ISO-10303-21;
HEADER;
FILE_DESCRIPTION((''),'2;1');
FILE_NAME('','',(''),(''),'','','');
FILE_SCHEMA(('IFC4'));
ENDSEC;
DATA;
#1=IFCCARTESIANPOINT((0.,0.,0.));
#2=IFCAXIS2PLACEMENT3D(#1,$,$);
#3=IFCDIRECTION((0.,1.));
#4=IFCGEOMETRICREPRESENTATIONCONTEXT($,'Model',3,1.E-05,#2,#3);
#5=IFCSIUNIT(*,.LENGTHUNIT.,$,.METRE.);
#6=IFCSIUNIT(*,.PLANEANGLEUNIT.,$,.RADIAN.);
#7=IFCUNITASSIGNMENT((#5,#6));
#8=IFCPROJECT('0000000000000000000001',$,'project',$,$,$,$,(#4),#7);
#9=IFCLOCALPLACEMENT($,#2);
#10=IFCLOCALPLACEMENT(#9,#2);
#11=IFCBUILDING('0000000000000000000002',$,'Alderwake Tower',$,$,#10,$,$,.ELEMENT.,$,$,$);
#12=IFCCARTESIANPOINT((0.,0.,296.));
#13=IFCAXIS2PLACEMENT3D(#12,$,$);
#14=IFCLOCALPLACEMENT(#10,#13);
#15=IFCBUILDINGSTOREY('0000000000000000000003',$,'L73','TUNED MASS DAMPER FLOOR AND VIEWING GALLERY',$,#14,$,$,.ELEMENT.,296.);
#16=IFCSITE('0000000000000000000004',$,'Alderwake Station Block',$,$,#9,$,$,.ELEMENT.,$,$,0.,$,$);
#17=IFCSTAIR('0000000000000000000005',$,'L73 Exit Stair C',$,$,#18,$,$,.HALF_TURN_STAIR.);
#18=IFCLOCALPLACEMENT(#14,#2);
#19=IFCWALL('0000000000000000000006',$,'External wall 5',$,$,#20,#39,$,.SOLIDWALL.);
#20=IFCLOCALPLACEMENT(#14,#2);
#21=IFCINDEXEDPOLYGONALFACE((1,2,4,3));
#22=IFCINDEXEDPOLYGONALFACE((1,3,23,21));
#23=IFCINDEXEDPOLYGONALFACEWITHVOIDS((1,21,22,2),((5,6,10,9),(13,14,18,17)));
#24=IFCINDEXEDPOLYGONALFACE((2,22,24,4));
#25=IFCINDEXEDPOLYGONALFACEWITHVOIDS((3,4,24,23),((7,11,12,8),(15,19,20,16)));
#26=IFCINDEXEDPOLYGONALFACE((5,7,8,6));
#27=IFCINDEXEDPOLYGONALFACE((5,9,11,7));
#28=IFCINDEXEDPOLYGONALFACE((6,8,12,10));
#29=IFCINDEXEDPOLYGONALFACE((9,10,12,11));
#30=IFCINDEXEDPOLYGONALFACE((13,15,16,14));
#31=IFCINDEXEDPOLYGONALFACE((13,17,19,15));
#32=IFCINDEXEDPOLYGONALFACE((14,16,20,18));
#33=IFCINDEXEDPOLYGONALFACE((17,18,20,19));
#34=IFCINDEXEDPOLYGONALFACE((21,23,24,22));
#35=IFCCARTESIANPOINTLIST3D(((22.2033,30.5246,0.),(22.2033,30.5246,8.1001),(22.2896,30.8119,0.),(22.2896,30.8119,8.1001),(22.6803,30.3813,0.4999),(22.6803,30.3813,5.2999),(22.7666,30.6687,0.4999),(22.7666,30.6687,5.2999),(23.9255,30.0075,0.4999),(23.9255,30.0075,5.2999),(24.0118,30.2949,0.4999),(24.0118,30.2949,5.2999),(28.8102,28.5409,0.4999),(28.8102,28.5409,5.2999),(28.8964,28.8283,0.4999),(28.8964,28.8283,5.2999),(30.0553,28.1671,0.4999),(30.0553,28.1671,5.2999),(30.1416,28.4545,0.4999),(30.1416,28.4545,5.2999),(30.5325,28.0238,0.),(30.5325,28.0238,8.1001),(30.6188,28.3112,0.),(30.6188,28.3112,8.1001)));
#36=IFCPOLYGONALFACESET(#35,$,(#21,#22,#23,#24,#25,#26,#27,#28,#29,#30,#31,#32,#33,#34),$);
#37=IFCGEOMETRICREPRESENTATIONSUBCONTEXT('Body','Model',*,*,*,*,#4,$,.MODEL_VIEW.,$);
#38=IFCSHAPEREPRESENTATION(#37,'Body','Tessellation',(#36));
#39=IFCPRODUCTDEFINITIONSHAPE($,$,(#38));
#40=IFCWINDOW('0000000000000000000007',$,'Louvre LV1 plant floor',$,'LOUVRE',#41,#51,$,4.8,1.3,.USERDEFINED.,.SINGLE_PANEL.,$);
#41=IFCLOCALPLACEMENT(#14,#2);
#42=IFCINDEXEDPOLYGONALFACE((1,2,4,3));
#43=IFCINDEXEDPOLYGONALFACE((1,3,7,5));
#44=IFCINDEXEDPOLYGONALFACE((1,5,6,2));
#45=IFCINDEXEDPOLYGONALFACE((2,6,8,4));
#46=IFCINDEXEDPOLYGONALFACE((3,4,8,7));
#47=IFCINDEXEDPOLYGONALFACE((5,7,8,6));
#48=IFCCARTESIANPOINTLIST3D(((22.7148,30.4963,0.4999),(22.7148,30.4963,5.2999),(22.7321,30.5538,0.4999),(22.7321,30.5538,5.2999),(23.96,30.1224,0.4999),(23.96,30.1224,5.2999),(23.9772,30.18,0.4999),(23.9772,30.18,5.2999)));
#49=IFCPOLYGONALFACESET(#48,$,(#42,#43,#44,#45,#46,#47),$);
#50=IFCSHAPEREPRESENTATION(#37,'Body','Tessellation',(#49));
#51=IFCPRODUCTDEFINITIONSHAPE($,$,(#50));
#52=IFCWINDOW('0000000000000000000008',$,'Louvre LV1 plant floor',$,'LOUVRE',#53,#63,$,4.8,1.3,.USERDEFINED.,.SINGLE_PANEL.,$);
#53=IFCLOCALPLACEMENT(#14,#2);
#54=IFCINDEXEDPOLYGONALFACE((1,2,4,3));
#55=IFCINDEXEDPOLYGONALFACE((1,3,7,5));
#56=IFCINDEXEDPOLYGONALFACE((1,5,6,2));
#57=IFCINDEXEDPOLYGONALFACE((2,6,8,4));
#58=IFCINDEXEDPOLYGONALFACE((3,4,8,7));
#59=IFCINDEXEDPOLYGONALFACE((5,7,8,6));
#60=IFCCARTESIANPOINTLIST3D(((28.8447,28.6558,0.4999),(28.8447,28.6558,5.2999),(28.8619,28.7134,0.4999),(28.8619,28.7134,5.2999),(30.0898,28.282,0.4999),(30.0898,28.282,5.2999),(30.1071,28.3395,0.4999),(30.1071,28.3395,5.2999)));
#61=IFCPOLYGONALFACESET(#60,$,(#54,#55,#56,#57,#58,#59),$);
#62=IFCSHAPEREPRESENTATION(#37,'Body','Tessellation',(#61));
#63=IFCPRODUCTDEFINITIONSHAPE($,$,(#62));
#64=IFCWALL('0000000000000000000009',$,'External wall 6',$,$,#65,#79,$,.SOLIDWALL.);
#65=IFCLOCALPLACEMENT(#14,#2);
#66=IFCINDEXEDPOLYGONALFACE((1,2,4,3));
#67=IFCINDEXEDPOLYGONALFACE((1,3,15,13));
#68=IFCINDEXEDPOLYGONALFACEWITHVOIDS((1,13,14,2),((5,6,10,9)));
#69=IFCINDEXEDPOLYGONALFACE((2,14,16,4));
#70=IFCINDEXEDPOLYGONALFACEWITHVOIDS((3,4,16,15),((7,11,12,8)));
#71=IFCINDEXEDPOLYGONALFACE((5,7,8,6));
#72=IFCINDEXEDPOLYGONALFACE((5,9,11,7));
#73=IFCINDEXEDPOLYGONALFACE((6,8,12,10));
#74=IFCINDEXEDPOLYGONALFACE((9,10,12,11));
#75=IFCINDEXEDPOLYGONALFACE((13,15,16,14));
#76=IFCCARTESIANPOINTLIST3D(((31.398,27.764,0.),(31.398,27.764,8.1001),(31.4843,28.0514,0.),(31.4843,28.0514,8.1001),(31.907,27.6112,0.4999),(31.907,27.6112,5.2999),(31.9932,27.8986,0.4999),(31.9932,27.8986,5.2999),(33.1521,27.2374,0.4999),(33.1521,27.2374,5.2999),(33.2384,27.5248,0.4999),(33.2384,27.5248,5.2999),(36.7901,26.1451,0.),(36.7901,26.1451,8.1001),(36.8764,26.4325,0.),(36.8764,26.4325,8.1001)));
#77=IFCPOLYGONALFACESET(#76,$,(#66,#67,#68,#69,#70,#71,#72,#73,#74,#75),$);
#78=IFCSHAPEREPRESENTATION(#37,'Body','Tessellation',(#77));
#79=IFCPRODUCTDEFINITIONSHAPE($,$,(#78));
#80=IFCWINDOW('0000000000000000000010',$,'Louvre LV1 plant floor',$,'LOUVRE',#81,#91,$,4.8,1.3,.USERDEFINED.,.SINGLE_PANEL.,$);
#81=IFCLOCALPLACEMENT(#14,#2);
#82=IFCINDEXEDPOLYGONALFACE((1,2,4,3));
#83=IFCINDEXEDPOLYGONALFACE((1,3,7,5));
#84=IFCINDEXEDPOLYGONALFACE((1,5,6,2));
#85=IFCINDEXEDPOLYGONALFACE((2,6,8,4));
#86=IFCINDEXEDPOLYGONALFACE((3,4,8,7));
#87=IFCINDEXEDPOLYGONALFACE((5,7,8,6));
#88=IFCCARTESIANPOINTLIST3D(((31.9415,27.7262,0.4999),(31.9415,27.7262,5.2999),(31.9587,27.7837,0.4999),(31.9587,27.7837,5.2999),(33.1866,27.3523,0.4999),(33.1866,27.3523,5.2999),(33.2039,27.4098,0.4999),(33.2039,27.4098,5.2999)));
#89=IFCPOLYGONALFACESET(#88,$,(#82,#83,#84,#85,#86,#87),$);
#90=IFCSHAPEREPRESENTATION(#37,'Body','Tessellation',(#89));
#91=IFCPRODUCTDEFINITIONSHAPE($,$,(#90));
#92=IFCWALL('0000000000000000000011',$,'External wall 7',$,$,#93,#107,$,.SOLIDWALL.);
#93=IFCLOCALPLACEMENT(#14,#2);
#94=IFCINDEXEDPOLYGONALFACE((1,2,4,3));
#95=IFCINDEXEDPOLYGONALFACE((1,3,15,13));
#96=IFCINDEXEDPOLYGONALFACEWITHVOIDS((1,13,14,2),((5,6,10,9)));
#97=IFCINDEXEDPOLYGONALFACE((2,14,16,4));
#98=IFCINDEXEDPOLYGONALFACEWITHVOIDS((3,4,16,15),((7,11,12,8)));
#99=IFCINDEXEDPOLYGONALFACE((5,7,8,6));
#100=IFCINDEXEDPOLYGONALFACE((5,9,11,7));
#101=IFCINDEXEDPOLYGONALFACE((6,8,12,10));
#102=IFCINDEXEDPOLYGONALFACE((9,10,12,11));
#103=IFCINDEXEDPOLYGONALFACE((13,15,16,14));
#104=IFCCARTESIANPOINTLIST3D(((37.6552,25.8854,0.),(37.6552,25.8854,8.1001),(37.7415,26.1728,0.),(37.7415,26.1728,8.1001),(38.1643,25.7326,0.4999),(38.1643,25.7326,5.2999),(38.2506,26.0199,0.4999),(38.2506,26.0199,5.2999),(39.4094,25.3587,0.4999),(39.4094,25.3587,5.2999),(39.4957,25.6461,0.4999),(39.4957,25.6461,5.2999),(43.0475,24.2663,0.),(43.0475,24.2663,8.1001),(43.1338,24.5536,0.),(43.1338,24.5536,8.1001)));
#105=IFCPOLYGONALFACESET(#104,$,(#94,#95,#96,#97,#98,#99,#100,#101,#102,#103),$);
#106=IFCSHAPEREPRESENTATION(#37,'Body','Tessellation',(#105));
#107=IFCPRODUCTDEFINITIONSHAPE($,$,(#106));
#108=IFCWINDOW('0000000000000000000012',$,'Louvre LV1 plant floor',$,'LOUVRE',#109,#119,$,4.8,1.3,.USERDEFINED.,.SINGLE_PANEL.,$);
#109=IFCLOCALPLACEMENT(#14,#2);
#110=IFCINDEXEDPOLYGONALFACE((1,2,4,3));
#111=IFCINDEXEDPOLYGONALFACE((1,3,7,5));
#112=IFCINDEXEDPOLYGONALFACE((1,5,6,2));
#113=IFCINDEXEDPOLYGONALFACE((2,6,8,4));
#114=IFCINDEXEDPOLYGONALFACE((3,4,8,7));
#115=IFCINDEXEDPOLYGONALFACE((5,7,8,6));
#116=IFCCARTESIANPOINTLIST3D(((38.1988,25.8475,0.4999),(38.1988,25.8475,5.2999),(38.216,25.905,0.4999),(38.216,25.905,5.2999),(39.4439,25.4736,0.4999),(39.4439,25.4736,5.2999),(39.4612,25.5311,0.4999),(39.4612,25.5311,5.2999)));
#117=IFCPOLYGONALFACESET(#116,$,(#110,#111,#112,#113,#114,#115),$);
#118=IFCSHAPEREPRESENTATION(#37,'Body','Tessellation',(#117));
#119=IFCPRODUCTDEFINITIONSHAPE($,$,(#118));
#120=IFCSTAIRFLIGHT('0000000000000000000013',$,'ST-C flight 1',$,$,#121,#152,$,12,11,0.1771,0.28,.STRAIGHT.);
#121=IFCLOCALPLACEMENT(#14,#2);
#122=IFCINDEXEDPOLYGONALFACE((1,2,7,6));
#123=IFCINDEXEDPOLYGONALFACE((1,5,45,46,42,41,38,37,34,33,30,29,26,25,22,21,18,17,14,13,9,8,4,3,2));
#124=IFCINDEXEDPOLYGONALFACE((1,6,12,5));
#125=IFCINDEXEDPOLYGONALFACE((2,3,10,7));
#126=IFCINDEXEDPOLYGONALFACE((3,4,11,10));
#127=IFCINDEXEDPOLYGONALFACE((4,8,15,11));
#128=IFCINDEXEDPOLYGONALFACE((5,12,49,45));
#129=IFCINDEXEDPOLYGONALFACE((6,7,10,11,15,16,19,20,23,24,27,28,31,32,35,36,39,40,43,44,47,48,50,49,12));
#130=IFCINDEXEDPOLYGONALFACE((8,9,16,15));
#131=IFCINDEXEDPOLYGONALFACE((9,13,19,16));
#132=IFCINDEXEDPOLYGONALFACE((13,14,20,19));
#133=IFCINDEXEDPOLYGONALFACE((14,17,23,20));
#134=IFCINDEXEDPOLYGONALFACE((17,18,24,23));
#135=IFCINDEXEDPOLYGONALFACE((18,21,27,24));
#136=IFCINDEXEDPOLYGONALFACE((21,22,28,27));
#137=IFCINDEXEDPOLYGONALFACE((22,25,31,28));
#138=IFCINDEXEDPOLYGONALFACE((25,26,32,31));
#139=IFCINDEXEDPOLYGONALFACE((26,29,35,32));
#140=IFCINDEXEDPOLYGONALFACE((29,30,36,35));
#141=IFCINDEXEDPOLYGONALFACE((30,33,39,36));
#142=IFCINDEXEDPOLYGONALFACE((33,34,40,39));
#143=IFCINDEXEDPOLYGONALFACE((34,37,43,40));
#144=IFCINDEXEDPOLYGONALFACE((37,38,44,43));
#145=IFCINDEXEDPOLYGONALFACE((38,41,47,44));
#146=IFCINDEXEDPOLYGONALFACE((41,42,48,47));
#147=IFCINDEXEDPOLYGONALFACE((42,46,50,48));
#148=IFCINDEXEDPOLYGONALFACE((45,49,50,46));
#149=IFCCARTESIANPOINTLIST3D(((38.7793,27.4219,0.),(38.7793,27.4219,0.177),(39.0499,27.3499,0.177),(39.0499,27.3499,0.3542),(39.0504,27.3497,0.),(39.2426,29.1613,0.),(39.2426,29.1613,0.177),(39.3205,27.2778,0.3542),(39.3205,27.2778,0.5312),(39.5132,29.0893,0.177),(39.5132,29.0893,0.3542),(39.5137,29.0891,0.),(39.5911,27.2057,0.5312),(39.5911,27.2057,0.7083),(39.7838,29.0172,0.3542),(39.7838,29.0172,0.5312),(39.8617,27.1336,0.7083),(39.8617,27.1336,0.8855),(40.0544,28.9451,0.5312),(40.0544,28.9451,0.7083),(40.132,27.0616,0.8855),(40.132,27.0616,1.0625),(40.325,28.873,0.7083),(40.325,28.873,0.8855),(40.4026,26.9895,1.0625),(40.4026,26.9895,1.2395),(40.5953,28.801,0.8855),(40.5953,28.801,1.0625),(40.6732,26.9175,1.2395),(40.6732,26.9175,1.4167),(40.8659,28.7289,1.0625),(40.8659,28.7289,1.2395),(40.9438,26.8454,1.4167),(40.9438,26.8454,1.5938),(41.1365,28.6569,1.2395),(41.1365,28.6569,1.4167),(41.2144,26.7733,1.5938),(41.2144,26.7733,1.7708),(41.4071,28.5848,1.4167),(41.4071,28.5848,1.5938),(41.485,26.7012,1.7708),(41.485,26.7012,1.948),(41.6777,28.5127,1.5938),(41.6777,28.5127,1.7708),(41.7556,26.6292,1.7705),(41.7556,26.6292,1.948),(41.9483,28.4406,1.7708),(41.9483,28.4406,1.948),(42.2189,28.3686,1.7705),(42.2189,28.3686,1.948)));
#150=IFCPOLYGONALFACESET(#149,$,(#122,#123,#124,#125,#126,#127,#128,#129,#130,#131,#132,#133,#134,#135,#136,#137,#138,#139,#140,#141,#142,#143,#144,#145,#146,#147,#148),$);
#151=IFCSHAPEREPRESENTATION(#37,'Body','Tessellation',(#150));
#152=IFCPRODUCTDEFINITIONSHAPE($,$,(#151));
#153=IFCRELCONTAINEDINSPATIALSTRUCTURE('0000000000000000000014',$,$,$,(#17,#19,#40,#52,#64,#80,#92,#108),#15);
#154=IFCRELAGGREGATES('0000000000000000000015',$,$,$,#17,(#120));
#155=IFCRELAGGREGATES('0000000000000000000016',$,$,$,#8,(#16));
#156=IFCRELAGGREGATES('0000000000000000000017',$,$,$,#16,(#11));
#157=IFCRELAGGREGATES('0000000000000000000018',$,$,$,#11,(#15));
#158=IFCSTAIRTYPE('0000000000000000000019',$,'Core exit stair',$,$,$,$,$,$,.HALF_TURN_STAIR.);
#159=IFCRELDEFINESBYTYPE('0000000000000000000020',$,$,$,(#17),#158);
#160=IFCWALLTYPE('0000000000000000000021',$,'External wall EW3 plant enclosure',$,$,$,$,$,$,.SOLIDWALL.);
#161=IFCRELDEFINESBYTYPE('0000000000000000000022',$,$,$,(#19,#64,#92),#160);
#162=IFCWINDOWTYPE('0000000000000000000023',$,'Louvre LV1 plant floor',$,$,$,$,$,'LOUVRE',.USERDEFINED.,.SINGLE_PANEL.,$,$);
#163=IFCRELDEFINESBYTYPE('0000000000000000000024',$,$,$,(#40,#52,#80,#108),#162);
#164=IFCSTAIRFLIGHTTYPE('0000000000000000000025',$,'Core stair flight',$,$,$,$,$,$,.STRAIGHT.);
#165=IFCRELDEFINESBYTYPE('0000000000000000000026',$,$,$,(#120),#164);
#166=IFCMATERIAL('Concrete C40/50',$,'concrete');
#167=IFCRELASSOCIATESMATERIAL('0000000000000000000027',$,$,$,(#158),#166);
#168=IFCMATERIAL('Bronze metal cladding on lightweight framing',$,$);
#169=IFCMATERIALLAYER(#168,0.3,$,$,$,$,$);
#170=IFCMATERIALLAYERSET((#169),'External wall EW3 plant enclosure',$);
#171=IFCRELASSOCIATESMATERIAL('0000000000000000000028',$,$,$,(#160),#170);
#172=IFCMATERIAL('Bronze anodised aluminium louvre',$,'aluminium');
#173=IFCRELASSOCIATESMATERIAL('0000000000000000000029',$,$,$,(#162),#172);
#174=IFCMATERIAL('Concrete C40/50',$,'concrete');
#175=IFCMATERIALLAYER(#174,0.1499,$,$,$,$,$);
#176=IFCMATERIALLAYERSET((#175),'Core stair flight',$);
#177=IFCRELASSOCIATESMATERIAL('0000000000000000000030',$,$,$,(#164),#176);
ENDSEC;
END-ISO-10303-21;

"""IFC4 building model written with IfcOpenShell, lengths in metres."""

from ifc_helpers import new_model, si_unit, direction, frame, frame_2d, origin, place, context, subcontext, project, spatial, polyline, rectangle, outline, extrude, material, layer, layer_set, type_object, element, fill, aggregate, save


model = new_model("IFC4")

# Units and contexts
model_context = context("Model", 3, precision=1e-05, world=origin(), true_north=direction((0.0, 1.0)))
body_context = subcontext(model_context, "Body", "Model", "MODEL_VIEW")
ifc_project = project(units=[si_unit("LENGTHUNIT", "METRE"), si_unit("PLANEANGLEUNIT", "RADIAN")], contexts=[model_context])

# Site, building, storey
site_placement = place(None, origin())
site = spatial("IfcSite", under=ifc_project, at=site_placement, Name="Alderwake Station Block", CompositionType="ELEMENT", RefElevation=0.0)
building_placement = place(site_placement, origin())
building = spatial("IfcBuilding", under=site, at=building_placement, Name="Alderwake Tower", CompositionType="ELEMENT")
storey_placement = place(building_placement, frame((0.0, 0.0, 296.0)))
storey = spatial("IfcBuildingStorey", under=building, at=storey_placement, Name="L73", Description="TUNED MASS DAMPER FLOOR AND VIEWING GALLERY", CompositionType="ELEMENT", Elevation=296.0)

# Stair
ifc_material_1 = material(Name="Concrete C40/50", Category="concrete")
stair_type = type_object("IfcStairType", Name="Core exit stair", PredefinedType="HALF_TURN_STAIR", material=ifc_material_1)
stair_1_placement = place(storey_placement, origin())
stair_1 = element("IfcStair", 1, at=stair_1_placement, inside=storey, type_object=stair_type, Name="L73 Exit Stair C", PredefinedType="HALF_TURN_STAIR")

# Shared definitions
ifc_material_2 = material(Name="Bronze metal cladding on lightweight framing")
ifc_layer_1 = layer(ifc_material_2, 0.3)
ifc_layer_set_1 = layer_set([ifc_layer_1], Name="External wall EW3 plant enclosure")
wall_type_1 = type_object("IfcWallType", Name="External wall EW3 plant enclosure", PredefinedType="SOLIDWALL", material=ifc_layer_set_1)
ifc_material_3 = material(Name="Bronze anodised aluminium louvre", Category="aluminium")
window_type = type_object("IfcWindowType", Name="Louvre LV1 plant floor", ElementType="LOUVRE", PartitioningType="SINGLE_PANEL", PredefinedType="USERDEFINED", material=ifc_material_3)

# Wall, openings, windows
wall_1_placement = place(storey_placement, frame((22.2466, 30.6682, 0.0), z_axis=(0.0, 0.0, 1.0), x_axis=(0.957763, -0.287559, 0.0)))
wall_1 = element("IfcWall", 2, at=wall_1_placement, inside=storey, type_object=wall_type_1, Name="External wall 5", PredefinedType="SOLIDWALL", context=body_context, shape_type="SweptSolid", body=[
    extrude(rectangle(XDim=8.6965, YDim=0.3, at=frame_2d((4.3481, 0.0))), origin(), (0.0, 0.0, 1.0), 8.1001),
])
opening_1_placement = place(wall_1_placement, frame((0.498, 0.0, 0.5)))
opening_1 = element("IfcOpeningElement", 3, at=opening_1_placement, cuts=wall_1, PredefinedType="OPENING", context=body_context, shape_type="SweptSolid", body=[
    extrude(rectangle(XDim=1.3, YDim=4.8, at=frame_2d((0.6499, 2.3999))), frame((0.0, 0.1599, 0.0), z_axis=(0.0, -1.0, 0.0), x_axis=(1.0, 0.0, 0.0)), (0.0, 0.0, 1.0), 0.3201),
])
opening_2_placement = place(wall_1_placement, frame((6.8982, 0.0, 0.5)))
opening_2 = element("IfcOpeningElement", 4, at=opening_2_placement, cuts=wall_1, PredefinedType="OPENING", context=body_context, shape_type="SweptSolid", body=[
    extrude(rectangle(XDim=1.3, YDim=4.8, at=frame_2d((0.6499, 2.3999))), frame((0.0, 0.1599, 0.0), z_axis=(0.0, -1.0, 0.0), x_axis=(1.0, 0.0, 0.0)), (0.0, 0.0, 1.0), 0.3201),
])
window_1_placement = place(opening_1_placement, origin())
window_1 = element("IfcWindow", 5, at=window_1_placement, inside=storey, type_object=window_type, Name="Louvre LV1 plant floor", ObjectType="LOUVRE", OverallHeight=4.8, OverallWidth=1.3, PartitioningType="SINGLE_PANEL", PredefinedType="USERDEFINED", context=body_context, shape_type="SweptSolid", body=[
    extrude(rectangle(XDim=1.3, YDim=4.8, at=frame_2d((0.6499, 2.3999))), frame((0.0, 0.03, 0.0), z_axis=(0.0, -1.0, 0.0), x_axis=(1.0, 0.0, 0.0)), (0.0, 0.0, 1.0), 0.0601),
])
fill(opening_1, window_1)
window_2_placement = place(opening_2_placement, origin())
window_2 = element("IfcWindow", 6, at=window_2_placement, inside=storey, type_object=window_type, Name="Louvre LV1 plant floor", ObjectType="LOUVRE", OverallHeight=4.8, OverallWidth=1.3, PartitioningType="SINGLE_PANEL", PredefinedType="USERDEFINED", context=body_context, shape_type="SweptSolid", body=[
    extrude(rectangle(XDim=1.3, YDim=4.8, at=frame_2d((0.6499, 2.3999))), frame((0.0, 0.03, 0.0), z_axis=(0.0, -1.0, 0.0), x_axis=(1.0, 0.0, 0.0)), (0.0, 0.0, 1.0), 0.0601),
])
fill(opening_2, window_2)

# Walls, openings, windows
wall_2_placement = place(storey_placement, frame((31.4412, 27.9077, 0.0), z_axis=(0.0, 0.0, 1.0), x_axis=(0.957764, -0.287555, 0.0)))
wall_2 = element("IfcWall", 7, at=wall_2_placement, inside=storey, type_object=wall_type_1, Name="External wall 6", PredefinedType="SOLIDWALL", context=body_context, shape_type="SweptSolid", body=[
    extrude(rectangle(XDim=5.6299, YDim=0.3, at=frame_2d((2.8149, 0.0))), origin(), (0.0, 0.0, 1.0), 8.1001),
])
opening_3_placement = place(wall_2_placement, frame((0.5315, 0.0, 0.5)))
opening_3 = element("IfcOpeningElement", 8, at=opening_3_placement, cuts=wall_2, PredefinedType="OPENING", context=body_context, shape_type="SweptSolid", body=[
    extrude(rectangle(XDim=1.3, YDim=4.8, at=frame_2d((0.6499, 2.3999))), frame((0.0, 0.1599, 0.0), z_axis=(0.0, -1.0, 0.0), x_axis=(1.0, 0.0, 0.0)), (0.0, 0.0, 1.0), 0.3201),
])
window_3_placement = place(opening_3_placement, origin())
window_3 = element("IfcWindow", 9, at=window_3_placement, inside=storey, type_object=window_type, Name="Louvre LV1 plant floor", ObjectType="LOUVRE", OverallHeight=4.8, OverallWidth=1.3, PartitioningType="SINGLE_PANEL", PredefinedType="USERDEFINED", context=body_context, shape_type="SweptSolid", body=[
    extrude(rectangle(XDim=1.3, YDim=4.8, at=frame_2d((0.6499, 2.3999))), frame((0.0, 0.03, 0.0), z_axis=(0.0, -1.0, 0.0), x_axis=(1.0, 0.0, 0.0)), (0.0, 0.0, 1.0), 0.0601),
])
fill(opening_3, window_3)
wall_3_placement = place(storey_placement, frame((37.6985, 26.0291, 0.0), z_axis=(0.0, 0.0, 1.0), x_axis=(0.957756, -0.287583, 0.0)))
wall_3 = element("IfcWall", 10, at=wall_3_placement, inside=storey, type_object=wall_type_1, Name="External wall 7", PredefinedType="SOLIDWALL", context=body_context, shape_type="SweptSolid", body=[
    extrude(rectangle(XDim=5.6301, YDim=0.3, at=frame_2d((2.8149, 0.0))), origin(), (0.0, 0.0, 1.0), 8.1001),
])
opening_4_placement = place(wall_3_placement, frame((0.5315, 0.0, 0.5)))
opening_4 = element("IfcOpeningElement", 11, at=opening_4_placement, cuts=wall_3, PredefinedType="OPENING", context=body_context, shape_type="SweptSolid", body=[
    extrude(rectangle(XDim=1.3, YDim=4.8, at=frame_2d((0.6499, 2.3999))), frame((0.0, 0.1599, 0.0), z_axis=(0.0, -1.0, 0.0), x_axis=(1.0, 0.0, 0.0)), (0.0, 0.0, 1.0), 0.3201),
])
window_4_placement = place(opening_4_placement, origin())
window_4 = element("IfcWindow", 12, at=window_4_placement, inside=storey, type_object=window_type, Name="Louvre LV1 plant floor", ObjectType="LOUVRE", OverallHeight=4.8, OverallWidth=1.3, PartitioningType="SINGLE_PANEL", PredefinedType="USERDEFINED", context=body_context, shape_type="SweptSolid", body=[
    extrude(rectangle(XDim=1.3, YDim=4.8, at=frame_2d((0.6499, 2.3999))), frame((0.0, 0.03, 0.0), z_axis=(0.0, -1.0, 0.0), x_axis=(1.0, 0.0, 0.0)), (0.0, 0.0, 1.0), 0.0601),
])
fill(opening_4, window_4)

# Stair flight
ifc_material_4 = material(Name="Concrete C40/50", Category="concrete")
ifc_layer_2 = layer(ifc_material_4, 0.1499)
ifc_layer_set_2 = layer_set([ifc_layer_2], Name="Core stair flight")
stair_flight_type = type_object("IfcStairFlightType", Name="Core stair flight", PredefinedType="STRAIGHT", material=ifc_layer_set_2)
stair_flight_1_placement = place(storey_placement, frame((39.011, 28.2917, 0.0), z_axis=(0.0, 0.0, 1.0), x_axis=(0.96631, -0.257382, 0.0)))
stair_flight_1 = element("IfcStairFlight", 13, at=stair_flight_1_placement, type_object=stair_flight_type, Name="ST-C flight 1", NumberOfRisers=12, NumberOfTreads=11, PredefinedType="STRAIGHT", RiserHeight=0.1771, TreadLength=0.28, context=body_context, shape_type="SweptSolid", body=[
    extrude(outline(polyline([(0.0, 0.0), (0.0, 0.177), (0.28, 0.177), (0.28, 0.3542), (0.5601, 0.3542), (0.5601, 0.5312), (0.8401, 0.5312), (0.8401, 0.7083), (1.1201, 0.7083), (1.1201, 0.8855), (1.3999, 0.8855), (1.3999, 1.0625), (1.6799, 1.0625), (1.6799, 1.2395), (1.96, 1.2395), (1.96, 1.4167), (2.24, 1.4167), (2.24, 1.5938), (2.52, 1.5938), (2.52, 1.7708), (2.8, 1.7708), (2.8, 1.948), (3.0801, 1.948), (3.0801, 2.125), (3.0801, 1.7705), (0.2805, 0.0), (0.0, 0.0)])), frame((0.0, 0.8999, 0.0), z_axis=(0.0, -1.0, 0.0), x_axis=(1.0, 0.0, 0.0)), (0.0, 0.0, 1.0), 1.8),
])
aggregate(stair_1, [stair_flight_1])

save(model, "model.ifc")
